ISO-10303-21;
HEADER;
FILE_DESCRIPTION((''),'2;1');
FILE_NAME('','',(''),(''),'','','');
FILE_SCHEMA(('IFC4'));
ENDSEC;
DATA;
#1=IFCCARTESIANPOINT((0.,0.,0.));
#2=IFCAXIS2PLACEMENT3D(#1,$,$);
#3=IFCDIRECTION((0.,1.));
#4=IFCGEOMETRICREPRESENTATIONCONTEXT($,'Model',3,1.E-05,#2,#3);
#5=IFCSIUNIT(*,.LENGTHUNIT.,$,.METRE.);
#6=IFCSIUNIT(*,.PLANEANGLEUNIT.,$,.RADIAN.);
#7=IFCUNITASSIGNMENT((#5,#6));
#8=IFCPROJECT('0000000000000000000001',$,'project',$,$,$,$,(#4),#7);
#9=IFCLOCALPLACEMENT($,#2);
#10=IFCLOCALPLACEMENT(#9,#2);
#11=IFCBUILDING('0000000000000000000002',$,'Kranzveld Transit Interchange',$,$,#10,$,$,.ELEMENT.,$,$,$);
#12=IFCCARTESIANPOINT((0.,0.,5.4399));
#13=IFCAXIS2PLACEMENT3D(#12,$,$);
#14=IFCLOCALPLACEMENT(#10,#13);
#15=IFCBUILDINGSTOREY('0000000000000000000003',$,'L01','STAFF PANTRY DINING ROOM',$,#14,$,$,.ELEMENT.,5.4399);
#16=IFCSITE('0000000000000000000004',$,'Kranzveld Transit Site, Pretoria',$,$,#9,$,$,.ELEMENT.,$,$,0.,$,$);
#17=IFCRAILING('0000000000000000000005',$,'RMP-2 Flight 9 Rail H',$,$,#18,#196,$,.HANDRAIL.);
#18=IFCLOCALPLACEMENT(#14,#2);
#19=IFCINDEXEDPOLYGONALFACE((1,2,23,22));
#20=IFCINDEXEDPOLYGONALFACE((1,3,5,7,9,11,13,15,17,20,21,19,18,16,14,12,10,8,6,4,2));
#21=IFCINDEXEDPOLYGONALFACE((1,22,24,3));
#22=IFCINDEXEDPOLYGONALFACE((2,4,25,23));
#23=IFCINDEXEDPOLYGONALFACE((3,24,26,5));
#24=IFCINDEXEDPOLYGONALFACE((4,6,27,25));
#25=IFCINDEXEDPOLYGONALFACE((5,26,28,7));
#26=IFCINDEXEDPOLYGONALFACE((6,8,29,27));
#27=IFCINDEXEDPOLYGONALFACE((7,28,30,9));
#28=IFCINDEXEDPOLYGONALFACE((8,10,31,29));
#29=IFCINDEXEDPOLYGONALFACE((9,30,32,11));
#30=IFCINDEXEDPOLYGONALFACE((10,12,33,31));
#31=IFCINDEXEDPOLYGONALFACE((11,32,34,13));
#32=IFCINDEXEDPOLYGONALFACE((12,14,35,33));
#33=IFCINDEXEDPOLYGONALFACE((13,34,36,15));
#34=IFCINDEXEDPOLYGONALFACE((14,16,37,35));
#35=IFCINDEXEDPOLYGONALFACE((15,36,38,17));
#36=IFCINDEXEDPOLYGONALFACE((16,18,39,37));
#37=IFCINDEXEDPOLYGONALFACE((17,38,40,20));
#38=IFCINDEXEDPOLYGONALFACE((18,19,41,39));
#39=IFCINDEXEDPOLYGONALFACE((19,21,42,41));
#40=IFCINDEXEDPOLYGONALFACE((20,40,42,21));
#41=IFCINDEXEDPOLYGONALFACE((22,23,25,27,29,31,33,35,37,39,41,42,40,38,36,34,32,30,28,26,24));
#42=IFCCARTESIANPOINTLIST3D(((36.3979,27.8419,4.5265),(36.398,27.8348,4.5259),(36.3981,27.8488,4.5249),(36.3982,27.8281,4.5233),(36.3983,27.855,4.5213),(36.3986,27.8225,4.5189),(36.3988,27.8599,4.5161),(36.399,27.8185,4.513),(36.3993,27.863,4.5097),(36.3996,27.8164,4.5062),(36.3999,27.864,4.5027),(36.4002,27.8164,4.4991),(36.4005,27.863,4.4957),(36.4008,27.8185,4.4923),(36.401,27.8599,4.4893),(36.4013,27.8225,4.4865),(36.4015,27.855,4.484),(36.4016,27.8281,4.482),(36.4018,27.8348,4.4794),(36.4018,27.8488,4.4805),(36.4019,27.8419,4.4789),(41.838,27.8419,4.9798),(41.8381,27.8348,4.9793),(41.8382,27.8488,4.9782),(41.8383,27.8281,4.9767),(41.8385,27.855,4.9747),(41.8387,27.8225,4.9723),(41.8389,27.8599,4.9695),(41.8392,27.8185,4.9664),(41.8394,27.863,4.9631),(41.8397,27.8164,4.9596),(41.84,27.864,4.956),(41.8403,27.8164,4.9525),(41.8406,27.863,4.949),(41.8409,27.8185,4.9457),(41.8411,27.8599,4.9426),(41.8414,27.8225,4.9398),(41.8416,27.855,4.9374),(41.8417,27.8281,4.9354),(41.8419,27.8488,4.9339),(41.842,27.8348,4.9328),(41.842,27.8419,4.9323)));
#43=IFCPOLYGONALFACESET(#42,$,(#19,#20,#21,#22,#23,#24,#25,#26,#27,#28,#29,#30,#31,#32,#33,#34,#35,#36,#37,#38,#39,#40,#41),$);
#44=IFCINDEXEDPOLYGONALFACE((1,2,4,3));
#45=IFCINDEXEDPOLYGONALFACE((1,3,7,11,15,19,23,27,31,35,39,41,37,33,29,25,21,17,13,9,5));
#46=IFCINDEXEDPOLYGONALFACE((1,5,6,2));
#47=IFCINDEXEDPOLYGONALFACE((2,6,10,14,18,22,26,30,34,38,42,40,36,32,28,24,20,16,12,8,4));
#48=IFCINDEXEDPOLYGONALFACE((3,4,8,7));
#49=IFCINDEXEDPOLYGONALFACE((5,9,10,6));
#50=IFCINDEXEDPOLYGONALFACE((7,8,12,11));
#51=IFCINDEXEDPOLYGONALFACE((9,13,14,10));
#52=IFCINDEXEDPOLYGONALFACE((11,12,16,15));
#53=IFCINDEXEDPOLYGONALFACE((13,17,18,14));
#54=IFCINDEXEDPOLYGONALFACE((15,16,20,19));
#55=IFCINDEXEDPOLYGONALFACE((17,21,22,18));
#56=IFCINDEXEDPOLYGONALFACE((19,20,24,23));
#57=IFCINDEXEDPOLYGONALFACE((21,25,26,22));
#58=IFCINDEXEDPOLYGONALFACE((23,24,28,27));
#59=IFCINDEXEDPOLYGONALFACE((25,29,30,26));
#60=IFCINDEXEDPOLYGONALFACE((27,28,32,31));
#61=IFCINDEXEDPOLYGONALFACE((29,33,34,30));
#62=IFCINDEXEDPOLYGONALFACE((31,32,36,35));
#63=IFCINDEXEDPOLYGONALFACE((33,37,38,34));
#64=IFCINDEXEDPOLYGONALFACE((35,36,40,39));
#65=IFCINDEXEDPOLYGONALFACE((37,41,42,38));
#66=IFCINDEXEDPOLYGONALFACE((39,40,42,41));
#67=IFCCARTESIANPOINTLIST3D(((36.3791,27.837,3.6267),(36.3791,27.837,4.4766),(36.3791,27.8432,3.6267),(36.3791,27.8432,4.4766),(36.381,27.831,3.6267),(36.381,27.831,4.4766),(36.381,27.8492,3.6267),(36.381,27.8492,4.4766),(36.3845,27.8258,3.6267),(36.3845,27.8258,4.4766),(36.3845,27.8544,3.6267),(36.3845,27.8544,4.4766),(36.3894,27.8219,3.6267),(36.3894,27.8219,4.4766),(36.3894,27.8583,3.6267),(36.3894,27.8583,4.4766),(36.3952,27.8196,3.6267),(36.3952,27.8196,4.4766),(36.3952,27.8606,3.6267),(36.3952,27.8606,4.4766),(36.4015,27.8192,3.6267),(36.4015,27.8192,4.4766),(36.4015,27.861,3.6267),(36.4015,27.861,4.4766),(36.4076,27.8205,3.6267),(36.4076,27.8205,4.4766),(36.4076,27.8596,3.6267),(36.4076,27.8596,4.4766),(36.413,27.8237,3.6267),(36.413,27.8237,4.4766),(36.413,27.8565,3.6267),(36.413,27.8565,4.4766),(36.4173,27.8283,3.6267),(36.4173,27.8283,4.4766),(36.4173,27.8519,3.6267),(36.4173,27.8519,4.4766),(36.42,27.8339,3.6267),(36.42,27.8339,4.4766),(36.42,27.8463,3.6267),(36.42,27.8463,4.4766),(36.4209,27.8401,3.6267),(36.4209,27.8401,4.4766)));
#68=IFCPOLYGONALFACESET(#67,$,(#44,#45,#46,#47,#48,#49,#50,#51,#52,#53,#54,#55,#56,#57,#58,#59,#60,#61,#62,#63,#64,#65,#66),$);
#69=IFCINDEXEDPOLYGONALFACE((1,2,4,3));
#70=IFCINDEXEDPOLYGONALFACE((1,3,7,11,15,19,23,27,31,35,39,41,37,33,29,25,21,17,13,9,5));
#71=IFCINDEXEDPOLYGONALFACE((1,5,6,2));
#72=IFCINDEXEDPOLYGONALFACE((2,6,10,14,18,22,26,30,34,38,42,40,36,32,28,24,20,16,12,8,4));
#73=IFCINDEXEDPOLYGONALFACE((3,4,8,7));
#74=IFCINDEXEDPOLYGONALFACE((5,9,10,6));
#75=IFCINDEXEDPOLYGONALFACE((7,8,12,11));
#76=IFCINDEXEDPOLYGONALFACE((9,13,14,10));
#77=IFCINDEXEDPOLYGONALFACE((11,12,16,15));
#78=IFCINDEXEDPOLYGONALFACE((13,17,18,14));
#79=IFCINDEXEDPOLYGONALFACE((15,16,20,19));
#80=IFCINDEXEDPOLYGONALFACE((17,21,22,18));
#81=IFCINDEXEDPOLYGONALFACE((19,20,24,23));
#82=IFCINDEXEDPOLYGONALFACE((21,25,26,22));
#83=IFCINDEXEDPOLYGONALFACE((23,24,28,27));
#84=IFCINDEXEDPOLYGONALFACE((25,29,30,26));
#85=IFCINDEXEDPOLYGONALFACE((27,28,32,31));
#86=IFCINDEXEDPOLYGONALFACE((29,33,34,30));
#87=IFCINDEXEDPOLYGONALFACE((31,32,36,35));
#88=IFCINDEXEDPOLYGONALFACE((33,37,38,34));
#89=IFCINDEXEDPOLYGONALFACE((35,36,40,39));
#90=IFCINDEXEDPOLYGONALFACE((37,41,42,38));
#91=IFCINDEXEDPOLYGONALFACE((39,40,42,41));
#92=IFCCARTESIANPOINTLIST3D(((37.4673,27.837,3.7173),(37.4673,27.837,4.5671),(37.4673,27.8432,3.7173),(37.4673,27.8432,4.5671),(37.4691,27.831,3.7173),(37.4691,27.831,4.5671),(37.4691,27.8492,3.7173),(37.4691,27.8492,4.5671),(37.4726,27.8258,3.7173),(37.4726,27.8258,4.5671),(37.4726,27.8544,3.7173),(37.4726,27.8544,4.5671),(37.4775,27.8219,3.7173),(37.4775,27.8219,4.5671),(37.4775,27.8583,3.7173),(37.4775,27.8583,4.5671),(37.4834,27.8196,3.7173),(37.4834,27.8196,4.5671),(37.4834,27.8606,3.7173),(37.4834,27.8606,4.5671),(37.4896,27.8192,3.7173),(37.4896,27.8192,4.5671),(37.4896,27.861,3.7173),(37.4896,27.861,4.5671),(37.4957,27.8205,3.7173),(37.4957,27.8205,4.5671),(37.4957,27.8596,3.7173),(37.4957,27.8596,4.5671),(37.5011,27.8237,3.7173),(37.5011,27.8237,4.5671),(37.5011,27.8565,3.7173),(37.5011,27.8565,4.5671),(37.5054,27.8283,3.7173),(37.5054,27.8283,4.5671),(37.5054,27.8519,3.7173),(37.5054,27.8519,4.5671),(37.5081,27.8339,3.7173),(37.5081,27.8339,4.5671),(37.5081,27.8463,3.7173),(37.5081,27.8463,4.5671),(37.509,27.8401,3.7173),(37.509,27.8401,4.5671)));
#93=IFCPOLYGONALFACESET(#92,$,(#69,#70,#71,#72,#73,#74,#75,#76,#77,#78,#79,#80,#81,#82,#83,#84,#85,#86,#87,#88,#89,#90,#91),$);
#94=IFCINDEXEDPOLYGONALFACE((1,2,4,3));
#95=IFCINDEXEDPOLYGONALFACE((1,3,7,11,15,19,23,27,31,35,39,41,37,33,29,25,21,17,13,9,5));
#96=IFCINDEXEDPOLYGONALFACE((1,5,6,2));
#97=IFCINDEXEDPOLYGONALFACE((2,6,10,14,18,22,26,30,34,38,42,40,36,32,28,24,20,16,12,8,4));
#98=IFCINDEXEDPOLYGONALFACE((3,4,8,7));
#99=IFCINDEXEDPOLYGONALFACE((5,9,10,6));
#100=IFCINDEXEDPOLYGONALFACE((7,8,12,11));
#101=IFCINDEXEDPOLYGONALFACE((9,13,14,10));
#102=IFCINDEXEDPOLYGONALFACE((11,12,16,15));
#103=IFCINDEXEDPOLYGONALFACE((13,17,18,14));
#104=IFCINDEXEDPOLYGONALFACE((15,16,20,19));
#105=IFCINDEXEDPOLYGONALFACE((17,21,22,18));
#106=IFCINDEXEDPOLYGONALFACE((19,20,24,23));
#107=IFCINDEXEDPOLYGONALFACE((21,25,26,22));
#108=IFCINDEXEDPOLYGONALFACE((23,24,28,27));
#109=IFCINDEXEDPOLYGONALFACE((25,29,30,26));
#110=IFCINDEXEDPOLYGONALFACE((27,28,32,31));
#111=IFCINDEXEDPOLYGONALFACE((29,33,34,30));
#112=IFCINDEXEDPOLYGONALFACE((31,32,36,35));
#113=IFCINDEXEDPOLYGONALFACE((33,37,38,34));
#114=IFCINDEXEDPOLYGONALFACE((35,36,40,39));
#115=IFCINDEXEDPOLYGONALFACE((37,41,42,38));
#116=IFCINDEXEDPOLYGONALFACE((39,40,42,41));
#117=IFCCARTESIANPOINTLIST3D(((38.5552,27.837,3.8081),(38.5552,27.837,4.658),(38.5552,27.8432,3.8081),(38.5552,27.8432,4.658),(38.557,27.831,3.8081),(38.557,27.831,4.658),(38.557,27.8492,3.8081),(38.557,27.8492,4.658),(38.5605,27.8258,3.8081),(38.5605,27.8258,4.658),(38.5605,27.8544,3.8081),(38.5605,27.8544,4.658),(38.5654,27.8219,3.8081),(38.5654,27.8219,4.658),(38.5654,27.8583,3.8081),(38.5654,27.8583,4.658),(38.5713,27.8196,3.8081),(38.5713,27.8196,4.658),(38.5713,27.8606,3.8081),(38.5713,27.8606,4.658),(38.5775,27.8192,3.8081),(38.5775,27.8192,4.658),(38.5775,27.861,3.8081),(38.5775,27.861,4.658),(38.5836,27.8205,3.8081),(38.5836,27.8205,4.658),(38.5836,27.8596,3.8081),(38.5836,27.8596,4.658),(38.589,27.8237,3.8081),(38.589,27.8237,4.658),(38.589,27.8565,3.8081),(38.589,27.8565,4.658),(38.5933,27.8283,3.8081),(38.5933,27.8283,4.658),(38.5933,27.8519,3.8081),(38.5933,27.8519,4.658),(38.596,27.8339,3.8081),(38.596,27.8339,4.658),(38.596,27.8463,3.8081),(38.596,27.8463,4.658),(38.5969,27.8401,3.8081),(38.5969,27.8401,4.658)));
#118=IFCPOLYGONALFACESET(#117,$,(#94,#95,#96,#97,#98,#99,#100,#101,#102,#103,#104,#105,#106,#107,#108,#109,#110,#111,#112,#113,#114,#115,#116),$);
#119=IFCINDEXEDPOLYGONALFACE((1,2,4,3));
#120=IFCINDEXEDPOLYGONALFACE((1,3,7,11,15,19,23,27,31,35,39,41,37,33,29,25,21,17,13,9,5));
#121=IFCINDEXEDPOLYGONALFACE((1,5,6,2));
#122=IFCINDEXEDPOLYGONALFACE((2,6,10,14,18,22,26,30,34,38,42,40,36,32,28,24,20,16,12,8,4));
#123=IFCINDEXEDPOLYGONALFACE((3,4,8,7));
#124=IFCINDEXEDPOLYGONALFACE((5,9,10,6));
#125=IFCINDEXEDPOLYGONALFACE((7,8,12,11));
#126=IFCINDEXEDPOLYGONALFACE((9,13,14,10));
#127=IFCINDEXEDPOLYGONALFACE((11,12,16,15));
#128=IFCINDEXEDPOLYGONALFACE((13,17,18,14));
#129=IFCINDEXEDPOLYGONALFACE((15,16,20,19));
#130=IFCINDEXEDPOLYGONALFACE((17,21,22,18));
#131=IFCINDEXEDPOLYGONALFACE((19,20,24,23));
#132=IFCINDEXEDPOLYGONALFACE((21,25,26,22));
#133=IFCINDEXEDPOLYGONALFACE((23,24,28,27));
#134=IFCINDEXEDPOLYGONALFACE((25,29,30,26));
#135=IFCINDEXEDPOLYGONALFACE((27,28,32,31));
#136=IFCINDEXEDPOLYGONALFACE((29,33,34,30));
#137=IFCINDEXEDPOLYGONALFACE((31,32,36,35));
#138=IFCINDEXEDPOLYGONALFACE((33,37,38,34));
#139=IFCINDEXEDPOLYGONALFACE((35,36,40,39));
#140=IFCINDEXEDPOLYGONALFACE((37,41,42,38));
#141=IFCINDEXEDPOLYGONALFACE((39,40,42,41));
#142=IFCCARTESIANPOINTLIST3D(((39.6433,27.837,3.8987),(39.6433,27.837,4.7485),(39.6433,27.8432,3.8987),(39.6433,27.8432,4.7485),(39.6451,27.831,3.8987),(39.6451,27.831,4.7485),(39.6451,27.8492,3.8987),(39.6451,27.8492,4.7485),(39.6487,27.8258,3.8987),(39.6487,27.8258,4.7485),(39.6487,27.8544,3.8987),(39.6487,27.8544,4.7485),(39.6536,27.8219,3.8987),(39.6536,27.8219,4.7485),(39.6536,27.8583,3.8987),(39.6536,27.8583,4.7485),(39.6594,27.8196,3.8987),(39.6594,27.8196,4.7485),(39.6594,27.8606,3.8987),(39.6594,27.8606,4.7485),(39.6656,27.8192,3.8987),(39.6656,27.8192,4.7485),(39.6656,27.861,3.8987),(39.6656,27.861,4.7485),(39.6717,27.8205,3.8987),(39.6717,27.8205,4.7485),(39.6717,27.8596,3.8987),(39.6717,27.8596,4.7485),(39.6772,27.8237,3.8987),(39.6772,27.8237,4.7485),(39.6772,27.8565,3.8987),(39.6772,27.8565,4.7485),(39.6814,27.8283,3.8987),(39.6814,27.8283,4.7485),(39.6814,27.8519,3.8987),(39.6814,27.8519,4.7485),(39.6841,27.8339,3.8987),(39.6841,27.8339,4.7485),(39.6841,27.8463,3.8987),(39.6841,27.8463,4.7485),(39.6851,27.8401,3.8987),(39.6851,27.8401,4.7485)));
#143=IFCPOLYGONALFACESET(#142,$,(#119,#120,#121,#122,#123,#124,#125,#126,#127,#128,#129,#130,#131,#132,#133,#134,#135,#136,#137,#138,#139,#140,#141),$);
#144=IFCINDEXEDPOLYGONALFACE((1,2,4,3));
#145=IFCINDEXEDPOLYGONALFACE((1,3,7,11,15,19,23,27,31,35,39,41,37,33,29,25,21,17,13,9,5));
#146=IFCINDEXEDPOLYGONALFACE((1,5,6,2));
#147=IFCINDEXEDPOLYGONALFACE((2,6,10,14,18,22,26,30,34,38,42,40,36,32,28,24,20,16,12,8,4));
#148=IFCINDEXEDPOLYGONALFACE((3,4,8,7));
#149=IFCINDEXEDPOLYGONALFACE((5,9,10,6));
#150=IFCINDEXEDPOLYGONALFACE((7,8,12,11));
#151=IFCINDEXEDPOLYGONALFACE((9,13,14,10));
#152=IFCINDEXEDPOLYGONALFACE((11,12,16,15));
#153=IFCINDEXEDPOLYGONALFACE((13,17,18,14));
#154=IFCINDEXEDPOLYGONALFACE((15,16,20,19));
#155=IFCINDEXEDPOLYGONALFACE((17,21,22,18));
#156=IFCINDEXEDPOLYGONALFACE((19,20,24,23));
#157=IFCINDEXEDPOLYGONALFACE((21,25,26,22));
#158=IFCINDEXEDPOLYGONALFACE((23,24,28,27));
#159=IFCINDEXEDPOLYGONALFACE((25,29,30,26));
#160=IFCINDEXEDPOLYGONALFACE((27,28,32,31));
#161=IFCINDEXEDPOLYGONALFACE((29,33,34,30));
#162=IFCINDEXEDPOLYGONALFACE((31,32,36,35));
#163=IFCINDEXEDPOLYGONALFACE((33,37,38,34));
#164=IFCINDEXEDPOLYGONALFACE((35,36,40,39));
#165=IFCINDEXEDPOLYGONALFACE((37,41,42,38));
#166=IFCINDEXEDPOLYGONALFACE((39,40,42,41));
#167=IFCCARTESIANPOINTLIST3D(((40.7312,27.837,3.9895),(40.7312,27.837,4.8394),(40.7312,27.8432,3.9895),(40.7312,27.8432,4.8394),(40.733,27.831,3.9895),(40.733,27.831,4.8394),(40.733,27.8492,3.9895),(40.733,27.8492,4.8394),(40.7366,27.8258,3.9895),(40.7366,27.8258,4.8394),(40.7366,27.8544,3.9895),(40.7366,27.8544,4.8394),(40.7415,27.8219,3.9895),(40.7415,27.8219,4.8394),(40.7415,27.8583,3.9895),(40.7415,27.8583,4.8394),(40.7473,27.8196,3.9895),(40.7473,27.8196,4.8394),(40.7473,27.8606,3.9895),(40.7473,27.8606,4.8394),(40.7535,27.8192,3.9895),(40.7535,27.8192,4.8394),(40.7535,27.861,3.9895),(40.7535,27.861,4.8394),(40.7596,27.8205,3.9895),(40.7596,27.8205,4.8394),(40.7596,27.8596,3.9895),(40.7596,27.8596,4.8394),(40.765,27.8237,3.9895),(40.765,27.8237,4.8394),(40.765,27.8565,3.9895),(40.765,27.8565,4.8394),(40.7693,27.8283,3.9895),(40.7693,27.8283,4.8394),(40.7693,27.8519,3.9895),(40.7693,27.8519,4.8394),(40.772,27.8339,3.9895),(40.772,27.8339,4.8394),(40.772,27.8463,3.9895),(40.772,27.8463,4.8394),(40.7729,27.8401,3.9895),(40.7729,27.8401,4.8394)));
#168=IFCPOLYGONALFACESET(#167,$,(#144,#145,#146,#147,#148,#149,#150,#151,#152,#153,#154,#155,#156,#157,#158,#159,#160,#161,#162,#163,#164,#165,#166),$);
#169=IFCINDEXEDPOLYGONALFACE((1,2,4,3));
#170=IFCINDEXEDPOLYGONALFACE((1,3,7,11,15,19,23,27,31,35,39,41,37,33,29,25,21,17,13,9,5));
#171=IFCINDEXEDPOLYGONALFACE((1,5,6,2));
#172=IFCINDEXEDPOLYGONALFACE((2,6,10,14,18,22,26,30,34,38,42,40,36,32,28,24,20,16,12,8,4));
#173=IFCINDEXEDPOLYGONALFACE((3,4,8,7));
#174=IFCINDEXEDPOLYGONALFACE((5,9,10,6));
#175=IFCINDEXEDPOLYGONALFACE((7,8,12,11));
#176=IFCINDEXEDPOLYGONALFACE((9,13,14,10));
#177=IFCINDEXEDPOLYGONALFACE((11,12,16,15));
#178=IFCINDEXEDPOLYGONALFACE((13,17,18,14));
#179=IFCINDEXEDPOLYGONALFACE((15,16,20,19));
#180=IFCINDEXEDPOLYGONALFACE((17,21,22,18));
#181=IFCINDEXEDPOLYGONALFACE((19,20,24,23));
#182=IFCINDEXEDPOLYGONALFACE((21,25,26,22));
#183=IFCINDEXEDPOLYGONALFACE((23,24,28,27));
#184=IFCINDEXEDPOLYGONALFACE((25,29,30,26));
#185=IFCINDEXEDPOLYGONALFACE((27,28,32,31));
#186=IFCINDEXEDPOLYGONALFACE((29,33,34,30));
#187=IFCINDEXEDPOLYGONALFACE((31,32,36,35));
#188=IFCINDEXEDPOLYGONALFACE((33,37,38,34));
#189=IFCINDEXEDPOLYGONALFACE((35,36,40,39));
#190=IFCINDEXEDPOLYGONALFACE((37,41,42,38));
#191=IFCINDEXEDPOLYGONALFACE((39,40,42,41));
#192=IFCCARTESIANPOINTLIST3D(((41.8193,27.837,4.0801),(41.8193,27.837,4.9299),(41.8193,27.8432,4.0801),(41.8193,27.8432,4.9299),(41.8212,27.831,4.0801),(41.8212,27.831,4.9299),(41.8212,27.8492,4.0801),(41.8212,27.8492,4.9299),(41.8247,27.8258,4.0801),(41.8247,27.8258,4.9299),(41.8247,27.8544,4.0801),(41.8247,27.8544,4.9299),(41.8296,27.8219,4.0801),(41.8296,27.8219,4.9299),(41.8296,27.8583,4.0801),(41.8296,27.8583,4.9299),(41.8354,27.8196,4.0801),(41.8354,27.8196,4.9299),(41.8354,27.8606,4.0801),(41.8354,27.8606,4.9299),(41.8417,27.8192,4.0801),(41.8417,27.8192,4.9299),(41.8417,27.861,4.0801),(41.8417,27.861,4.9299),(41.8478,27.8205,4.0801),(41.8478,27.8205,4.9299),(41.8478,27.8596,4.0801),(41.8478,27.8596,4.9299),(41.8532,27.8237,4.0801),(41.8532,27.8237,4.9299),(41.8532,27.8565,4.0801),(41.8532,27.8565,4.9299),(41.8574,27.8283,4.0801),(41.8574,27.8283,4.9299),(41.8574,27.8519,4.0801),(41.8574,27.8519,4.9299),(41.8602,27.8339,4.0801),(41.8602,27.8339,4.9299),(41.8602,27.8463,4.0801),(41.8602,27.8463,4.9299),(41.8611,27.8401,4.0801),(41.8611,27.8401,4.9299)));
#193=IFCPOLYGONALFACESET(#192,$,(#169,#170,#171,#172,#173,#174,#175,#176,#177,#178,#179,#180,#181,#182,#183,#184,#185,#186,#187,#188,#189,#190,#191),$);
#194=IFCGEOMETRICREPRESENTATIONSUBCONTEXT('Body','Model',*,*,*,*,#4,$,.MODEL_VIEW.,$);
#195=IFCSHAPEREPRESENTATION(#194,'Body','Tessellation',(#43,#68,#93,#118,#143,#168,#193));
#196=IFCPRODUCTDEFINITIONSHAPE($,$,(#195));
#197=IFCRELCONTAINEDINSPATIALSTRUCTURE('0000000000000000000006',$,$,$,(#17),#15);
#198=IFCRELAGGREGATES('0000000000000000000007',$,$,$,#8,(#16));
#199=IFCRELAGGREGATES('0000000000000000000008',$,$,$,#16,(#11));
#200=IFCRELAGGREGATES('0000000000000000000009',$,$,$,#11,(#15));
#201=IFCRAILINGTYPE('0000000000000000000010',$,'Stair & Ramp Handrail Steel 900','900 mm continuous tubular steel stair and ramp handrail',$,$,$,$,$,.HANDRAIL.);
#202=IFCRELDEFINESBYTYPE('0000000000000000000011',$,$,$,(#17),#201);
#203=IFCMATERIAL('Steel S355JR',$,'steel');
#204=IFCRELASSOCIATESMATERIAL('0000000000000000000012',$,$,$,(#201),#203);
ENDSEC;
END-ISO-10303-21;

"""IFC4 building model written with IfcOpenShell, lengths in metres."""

from ifc_helpers import new_model, si_unit, direction, frame, origin, origin_2d, place, context, subcontext, project, spatial, circle, extrude, material, type_object, element, save


model = new_model("IFC4")

# Units and contexts
model_context = context("Model", 3, precision=1e-05, world=origin(), true_north=direction((0.0, 1.0)))
body_context = subcontext(model_context, "Body", "Model", "MODEL_VIEW")
ifc_project = project(units=[si_unit("LENGTHUNIT", "METRE"), si_unit("PLANEANGLEUNIT", "RADIAN")], contexts=[model_context])

# Site, building, storey
site_placement = place(None, origin())
site = spatial("IfcSite", under=ifc_project, at=site_placement, Name="Kranzveld Transit Site, Pretoria", CompositionType="ELEMENT", RefElevation=0.0)
building_placement = place(site_placement, origin())
building = spatial("IfcBuilding", under=site, at=building_placement, Name="Kranzveld Transit Interchange", CompositionType="ELEMENT")
storey_placement = place(building_placement, frame((0.0, 0.0, 5.4399)))
storey = spatial("IfcBuildingStorey", under=building, at=storey_placement, Name="L01", Description="STAFF PANTRY DINING ROOM", CompositionType="ELEMENT", Elevation=5.4399)

# Railing
ifc_material_1 = material(Name="Steel S355JR", Category="steel")
railing_type_1 = type_object("IfcRailingType", Name="Stair & Ramp Handrail Steel 900", Description="900 mm continuous tubular steel stair and ramp handrail", PredefinedType="HANDRAIL", material=ifc_material_1)
for number, where, name in (
    (1, (36.3999, 27.8401, 3.6267), "RMP-2 Flight 9 Rail H"),
):
    element("IfcRailing", number, at=place(storey_placement, frame(where)), inside=storey, type_object=railing_type_1, Name=name, PredefinedType="HANDRAIL", context=body_context, shape_type="SweptSolid", body=[
        extrude(circle(Radius=0.0239, at=origin_2d()), frame((0.0, 0.0, 0.876), z_axis=(0.996545, 0.0, 0.083049), x_axis=(0.0, 1.0, 0.0)), (0.0, 0.0, 1.0), 5.459),
        extrude(circle(Radius=0.021, at=origin_2d()), origin(), (0.0, 0.0, 1.0), 0.8499),
        extrude(circle(Radius=0.021, at=origin_2d()), frame((1.0881, 0.0, 0.0906)), (0.0, 0.0, 1.0), 0.8499),
        extrude(circle(Radius=0.021, at=origin_2d()), frame((2.176, 0.0, 0.1814)), (0.0, 0.0, 1.0), 0.8499),
        extrude(circle(Radius=0.021, at=origin_2d()), frame((3.2642, 0.0, 0.272)), (0.0, 0.0, 1.0), 0.8499),
        extrude(circle(Radius=0.021, at=origin_2d()), frame((4.3521, 0.0, 0.3628)), (0.0, 0.0, 1.0), 0.8499),
        extrude(circle(Radius=0.021, at=origin_2d()), frame((5.4402, 0.0, 0.4534)), (0.0, 0.0, 1.0), 0.8499),
    ])

save(model, "model.ifc")
